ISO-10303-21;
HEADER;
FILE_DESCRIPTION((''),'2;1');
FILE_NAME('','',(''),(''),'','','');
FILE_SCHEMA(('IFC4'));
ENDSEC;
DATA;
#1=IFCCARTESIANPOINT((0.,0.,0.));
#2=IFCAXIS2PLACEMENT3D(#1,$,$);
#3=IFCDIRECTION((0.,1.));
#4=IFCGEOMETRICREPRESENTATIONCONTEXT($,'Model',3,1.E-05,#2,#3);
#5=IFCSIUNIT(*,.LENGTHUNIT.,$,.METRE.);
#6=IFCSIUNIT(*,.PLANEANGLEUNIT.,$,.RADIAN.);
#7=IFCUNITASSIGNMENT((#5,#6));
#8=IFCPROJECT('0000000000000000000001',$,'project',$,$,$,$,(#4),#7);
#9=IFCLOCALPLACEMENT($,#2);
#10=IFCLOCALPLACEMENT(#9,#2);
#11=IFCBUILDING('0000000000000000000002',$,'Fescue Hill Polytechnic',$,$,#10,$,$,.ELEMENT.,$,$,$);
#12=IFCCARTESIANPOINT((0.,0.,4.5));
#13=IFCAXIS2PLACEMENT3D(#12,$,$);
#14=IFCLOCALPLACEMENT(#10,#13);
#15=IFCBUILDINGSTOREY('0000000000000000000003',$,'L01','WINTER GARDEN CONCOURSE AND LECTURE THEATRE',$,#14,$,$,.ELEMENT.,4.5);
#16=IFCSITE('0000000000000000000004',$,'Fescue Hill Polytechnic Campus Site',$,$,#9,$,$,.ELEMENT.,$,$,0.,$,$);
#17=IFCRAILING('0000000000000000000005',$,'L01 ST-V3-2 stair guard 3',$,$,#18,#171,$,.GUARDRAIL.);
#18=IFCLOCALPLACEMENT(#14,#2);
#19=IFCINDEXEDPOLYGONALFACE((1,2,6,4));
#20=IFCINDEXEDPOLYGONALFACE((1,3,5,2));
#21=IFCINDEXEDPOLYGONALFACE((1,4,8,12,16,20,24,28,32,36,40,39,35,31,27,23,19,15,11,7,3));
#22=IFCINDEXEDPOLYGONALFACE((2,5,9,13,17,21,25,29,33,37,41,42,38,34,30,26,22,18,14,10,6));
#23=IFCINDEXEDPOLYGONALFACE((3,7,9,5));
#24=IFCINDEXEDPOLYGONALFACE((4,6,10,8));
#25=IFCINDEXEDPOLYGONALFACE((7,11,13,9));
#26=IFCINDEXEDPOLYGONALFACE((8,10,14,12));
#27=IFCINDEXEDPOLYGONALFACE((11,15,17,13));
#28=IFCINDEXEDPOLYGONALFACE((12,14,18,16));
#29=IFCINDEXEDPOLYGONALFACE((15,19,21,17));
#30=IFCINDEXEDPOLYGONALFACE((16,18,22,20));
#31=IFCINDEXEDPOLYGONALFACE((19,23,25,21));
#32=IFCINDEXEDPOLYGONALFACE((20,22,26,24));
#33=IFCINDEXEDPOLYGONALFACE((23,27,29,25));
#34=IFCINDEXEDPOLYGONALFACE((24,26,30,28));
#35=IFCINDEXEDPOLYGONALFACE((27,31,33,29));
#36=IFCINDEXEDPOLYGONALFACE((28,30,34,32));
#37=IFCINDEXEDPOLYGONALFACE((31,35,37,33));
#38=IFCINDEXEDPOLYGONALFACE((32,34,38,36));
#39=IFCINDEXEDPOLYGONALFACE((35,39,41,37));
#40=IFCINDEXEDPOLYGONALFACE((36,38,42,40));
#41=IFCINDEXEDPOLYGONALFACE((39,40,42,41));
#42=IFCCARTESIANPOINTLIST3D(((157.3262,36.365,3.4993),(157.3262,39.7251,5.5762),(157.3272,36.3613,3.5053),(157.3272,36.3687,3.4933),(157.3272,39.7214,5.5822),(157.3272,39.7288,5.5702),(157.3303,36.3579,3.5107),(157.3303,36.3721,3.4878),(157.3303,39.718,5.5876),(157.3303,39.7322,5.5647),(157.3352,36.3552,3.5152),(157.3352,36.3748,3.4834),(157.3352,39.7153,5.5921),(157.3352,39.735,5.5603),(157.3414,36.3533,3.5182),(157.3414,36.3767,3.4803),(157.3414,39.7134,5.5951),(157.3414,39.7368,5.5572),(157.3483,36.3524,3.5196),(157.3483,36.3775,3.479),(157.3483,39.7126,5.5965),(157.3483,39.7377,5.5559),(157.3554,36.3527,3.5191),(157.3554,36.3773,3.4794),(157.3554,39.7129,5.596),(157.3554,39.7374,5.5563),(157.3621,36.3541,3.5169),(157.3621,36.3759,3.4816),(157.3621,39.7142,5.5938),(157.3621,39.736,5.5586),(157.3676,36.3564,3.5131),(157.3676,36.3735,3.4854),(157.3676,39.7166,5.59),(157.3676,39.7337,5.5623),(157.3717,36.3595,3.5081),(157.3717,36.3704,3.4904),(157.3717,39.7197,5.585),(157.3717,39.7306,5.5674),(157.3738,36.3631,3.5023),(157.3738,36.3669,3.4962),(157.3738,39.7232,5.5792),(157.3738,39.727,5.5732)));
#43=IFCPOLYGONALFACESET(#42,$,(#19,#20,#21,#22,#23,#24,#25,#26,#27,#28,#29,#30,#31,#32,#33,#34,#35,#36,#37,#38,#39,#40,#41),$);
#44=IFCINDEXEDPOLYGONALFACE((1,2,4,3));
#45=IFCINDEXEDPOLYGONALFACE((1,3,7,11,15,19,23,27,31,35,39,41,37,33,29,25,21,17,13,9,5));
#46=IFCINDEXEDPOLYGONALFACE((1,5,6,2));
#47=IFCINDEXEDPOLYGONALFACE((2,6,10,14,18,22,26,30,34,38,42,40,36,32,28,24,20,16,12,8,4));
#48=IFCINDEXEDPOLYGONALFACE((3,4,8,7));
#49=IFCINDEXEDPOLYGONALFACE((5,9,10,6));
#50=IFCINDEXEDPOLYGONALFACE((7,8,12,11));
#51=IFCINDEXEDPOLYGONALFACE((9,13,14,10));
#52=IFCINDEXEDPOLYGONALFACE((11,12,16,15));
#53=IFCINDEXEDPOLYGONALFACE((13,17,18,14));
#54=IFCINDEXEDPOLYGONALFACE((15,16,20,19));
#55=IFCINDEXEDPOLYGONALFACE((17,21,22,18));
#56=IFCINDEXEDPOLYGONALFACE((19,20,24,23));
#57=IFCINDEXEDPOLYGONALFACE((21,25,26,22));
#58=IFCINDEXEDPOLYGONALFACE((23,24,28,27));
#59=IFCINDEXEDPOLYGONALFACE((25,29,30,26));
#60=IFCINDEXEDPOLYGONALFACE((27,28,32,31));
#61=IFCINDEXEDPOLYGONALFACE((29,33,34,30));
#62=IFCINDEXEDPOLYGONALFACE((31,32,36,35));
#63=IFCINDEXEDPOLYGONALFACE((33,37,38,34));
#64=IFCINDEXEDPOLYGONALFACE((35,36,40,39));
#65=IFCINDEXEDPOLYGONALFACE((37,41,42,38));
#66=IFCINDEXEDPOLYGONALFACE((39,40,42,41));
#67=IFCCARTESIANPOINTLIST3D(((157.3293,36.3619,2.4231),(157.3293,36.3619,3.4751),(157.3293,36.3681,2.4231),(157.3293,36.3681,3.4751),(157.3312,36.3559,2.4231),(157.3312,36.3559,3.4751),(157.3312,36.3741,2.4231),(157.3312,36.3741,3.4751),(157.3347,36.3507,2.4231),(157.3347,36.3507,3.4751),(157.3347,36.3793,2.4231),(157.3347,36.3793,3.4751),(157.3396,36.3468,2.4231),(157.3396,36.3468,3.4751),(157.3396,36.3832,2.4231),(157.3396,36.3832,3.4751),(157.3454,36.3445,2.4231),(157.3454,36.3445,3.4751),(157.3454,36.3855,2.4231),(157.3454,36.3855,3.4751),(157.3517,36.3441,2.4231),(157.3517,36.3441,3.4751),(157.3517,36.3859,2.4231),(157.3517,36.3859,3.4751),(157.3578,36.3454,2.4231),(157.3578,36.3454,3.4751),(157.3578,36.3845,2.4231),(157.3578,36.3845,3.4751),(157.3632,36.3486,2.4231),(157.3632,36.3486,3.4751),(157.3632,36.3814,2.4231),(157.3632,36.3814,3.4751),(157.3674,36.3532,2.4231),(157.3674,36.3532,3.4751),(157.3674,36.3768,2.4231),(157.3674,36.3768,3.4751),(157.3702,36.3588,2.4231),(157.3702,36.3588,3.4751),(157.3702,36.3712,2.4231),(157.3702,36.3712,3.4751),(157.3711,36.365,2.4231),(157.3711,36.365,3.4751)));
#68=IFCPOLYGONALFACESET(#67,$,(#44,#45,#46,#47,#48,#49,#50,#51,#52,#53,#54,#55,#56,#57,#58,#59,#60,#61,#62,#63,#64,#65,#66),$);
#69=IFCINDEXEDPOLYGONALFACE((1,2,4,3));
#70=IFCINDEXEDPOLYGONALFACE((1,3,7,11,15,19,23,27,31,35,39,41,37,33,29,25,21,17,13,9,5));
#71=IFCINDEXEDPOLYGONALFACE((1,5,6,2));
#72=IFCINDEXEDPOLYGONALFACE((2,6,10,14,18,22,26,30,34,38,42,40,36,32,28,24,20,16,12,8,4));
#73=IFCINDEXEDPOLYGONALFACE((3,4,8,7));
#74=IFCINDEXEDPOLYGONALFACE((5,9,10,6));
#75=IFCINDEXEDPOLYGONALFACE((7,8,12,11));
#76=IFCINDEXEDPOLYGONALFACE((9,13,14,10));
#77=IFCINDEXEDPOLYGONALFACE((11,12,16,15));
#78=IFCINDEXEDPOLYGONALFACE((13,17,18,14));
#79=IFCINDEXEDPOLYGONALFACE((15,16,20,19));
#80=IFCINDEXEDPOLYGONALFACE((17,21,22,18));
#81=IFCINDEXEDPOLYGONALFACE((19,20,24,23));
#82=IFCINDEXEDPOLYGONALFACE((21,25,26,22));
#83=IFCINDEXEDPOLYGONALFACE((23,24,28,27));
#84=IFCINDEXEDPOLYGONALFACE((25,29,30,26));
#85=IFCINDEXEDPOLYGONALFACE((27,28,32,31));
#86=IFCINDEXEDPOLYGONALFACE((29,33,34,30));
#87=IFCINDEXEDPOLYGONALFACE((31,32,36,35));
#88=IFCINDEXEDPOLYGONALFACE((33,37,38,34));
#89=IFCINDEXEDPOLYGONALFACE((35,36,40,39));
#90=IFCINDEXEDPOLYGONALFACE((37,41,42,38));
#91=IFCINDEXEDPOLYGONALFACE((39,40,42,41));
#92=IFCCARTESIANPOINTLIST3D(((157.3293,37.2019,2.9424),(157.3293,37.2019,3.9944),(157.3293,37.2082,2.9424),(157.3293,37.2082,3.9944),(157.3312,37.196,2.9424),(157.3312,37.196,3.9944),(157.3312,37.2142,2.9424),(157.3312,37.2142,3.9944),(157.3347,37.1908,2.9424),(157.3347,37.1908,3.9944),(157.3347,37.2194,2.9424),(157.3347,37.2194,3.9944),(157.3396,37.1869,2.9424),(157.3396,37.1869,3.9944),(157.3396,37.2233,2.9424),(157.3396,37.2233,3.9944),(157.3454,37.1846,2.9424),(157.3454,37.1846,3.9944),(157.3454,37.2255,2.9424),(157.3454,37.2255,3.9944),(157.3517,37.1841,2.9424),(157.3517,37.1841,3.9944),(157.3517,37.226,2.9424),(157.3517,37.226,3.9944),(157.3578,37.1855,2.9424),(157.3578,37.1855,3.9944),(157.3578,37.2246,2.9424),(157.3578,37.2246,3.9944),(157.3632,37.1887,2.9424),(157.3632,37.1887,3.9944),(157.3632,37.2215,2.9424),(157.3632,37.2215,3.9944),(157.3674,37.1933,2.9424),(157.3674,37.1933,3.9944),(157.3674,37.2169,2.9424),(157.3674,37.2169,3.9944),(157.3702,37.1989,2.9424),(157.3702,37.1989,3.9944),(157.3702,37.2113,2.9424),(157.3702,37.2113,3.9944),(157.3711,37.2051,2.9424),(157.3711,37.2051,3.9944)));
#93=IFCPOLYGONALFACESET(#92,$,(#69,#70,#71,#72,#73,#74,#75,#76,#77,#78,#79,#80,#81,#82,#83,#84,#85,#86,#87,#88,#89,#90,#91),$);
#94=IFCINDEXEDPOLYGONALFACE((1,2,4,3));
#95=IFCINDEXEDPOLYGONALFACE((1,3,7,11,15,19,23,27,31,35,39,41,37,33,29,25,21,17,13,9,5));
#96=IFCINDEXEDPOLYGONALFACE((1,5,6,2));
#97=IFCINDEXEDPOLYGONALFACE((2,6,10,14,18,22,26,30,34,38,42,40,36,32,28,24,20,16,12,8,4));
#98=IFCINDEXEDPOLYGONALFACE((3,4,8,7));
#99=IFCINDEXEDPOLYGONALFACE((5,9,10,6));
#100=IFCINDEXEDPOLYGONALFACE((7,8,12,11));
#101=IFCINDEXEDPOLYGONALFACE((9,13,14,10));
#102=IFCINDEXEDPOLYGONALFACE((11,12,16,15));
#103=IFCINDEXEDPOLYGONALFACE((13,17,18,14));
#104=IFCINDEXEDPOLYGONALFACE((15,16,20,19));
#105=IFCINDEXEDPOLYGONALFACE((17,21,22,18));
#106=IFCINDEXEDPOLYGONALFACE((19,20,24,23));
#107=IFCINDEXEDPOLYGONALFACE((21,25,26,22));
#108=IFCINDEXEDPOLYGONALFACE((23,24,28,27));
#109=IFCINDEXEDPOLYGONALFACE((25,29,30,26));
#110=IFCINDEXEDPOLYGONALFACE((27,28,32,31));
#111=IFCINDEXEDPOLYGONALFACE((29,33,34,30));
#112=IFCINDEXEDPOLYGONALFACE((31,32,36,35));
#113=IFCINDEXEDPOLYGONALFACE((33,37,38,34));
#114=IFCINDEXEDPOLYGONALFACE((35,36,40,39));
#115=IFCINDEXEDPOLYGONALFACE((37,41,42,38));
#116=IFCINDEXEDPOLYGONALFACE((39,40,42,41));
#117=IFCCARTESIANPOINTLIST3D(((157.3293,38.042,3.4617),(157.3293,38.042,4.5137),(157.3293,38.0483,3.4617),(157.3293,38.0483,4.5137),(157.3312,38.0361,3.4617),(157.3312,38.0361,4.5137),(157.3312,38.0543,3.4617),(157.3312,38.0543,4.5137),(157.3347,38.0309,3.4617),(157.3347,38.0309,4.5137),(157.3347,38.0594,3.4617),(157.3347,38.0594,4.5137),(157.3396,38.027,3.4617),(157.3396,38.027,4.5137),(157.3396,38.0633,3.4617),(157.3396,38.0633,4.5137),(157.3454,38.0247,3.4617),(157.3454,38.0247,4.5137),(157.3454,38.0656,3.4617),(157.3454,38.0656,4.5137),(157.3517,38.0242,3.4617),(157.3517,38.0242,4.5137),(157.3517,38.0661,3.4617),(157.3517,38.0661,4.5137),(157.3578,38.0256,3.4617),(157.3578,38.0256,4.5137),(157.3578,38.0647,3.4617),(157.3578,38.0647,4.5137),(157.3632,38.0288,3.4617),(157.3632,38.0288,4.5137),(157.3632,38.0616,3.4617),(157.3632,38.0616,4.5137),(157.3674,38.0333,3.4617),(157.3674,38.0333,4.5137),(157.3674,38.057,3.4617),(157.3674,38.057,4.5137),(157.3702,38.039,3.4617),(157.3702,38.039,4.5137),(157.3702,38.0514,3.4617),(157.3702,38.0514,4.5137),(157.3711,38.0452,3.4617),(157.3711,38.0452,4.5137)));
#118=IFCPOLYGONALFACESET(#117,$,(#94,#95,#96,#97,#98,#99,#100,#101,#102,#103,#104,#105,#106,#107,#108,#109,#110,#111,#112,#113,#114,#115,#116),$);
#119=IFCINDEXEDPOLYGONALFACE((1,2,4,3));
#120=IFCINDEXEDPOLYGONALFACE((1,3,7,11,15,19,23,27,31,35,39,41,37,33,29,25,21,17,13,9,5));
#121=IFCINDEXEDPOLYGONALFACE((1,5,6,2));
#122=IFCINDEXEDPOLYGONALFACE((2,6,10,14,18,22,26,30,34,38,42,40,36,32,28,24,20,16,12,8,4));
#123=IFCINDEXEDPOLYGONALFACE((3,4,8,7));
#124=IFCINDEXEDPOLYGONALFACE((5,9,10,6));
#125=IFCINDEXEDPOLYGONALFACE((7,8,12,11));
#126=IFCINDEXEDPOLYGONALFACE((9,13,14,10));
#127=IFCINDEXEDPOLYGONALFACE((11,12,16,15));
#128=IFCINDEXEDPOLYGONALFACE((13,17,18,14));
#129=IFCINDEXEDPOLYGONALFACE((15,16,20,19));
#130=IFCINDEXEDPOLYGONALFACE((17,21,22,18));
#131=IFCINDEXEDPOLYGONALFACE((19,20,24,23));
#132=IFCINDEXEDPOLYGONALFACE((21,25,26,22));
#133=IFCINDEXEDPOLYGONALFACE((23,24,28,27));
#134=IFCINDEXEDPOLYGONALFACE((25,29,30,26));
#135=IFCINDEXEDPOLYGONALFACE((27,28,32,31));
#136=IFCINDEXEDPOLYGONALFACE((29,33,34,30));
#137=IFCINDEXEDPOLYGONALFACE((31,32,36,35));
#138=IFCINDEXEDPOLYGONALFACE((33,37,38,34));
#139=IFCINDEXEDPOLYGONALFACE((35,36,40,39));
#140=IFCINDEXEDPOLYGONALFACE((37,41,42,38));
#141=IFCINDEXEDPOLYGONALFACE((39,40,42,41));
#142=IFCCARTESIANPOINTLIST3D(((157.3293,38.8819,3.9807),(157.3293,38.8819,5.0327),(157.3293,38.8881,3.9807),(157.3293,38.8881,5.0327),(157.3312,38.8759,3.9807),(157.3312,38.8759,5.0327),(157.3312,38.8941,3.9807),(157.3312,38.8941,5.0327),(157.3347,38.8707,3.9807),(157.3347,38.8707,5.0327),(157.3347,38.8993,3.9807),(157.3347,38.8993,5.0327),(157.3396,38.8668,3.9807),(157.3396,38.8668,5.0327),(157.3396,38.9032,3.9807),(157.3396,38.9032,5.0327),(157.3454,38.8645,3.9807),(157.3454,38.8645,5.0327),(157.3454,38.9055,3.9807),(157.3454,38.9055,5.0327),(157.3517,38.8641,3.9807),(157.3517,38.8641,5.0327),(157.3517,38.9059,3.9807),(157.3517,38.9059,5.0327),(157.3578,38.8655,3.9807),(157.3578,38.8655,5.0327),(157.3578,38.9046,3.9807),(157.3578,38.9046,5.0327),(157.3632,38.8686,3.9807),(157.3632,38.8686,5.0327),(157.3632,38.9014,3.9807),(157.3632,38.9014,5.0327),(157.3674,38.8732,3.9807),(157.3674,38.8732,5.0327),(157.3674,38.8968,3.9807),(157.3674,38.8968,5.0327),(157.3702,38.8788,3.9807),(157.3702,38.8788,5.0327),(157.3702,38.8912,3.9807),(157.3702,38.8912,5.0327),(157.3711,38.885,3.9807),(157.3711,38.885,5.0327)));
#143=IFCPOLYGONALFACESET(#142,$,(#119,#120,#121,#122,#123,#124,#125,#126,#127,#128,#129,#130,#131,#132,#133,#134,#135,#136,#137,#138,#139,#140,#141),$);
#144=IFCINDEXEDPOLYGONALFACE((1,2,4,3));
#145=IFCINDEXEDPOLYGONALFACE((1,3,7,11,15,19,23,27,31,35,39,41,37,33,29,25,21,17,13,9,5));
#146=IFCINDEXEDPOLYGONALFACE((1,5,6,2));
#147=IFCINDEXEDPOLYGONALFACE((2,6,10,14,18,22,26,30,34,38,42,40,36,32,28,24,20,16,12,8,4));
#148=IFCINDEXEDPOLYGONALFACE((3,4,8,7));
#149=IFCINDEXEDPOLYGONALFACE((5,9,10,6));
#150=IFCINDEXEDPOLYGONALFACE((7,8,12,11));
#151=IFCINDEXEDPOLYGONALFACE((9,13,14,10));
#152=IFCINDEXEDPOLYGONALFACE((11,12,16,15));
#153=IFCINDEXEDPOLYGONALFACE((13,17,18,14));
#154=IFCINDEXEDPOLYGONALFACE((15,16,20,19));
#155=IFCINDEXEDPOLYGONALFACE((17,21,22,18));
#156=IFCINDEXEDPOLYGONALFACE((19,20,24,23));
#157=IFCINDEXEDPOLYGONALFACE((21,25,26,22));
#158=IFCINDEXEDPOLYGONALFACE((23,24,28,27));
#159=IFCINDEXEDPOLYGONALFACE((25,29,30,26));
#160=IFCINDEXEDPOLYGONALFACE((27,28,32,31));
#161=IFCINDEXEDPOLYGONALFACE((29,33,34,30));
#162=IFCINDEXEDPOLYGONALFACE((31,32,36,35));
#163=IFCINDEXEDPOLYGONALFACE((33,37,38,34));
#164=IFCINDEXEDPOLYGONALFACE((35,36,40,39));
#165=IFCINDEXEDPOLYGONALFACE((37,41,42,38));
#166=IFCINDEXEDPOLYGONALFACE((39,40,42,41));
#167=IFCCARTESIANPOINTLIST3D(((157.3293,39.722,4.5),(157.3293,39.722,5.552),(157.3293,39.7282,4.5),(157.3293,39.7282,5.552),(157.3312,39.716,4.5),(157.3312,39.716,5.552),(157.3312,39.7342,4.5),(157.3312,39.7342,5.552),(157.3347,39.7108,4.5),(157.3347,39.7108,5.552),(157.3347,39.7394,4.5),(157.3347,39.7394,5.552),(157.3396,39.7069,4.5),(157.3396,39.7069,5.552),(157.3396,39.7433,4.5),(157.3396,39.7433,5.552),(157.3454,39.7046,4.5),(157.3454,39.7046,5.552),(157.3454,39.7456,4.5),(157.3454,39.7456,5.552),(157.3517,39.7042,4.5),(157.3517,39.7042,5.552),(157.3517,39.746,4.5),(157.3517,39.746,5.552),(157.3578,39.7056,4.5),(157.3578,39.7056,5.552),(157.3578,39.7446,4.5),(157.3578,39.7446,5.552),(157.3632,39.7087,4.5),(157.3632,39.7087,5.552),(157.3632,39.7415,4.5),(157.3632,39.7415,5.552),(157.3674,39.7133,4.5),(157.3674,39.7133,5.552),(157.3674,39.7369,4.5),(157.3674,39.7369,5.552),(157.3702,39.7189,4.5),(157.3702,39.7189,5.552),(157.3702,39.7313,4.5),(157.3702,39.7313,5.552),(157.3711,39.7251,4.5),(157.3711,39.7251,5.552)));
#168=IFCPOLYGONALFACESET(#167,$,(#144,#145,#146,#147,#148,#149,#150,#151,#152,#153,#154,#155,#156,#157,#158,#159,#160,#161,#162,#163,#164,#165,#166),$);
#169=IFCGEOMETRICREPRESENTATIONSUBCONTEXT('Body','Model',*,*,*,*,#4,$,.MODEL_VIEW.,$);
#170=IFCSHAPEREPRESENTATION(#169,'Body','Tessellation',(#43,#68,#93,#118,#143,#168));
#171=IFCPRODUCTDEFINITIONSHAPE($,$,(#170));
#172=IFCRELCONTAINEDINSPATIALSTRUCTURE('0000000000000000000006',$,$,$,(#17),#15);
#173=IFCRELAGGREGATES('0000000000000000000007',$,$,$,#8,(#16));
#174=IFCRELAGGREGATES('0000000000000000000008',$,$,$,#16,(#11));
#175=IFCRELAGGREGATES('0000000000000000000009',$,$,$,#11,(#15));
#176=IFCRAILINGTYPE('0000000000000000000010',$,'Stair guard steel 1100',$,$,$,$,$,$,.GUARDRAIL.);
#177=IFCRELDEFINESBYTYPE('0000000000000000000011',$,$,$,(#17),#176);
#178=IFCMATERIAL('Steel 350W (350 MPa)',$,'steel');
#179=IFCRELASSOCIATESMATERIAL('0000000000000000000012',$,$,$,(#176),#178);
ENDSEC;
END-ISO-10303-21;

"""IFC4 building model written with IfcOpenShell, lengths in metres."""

from ifc_helpers import new_model, si_unit, direction, frame, origin, origin_2d, place, context, subcontext, project, spatial, circle, extrude, material, type_object, element, save


model = new_model("IFC4")

# Units and contexts
model_context = context("Model", 3, precision=1e-05, world=origin(), true_north=direction((0.0, 1.0)))
body_context = subcontext(model_context, "Body", "Model", "MODEL_VIEW")
ifc_project = project(units=[si_unit("LENGTHUNIT", "METRE"), si_unit("PLANEANGLEUNIT", "RADIAN")], contexts=[model_context])

# Site, building, storey
site_placement = place(None, origin())
site = spatial("IfcSite", under=ifc_project, at=site_placement, Name="Fescue Hill Polytechnic Campus Site", CompositionType="ELEMENT", RefElevation=0.0)
building_placement = place(site_placement, origin())
building = spatial("IfcBuilding", under=site, at=building_placement, Name="Fescue Hill Polytechnic", CompositionType="ELEMENT")
storey_placement = place(building_placement, frame((0.0, 0.0, 4.5)))
storey = spatial("IfcBuildingStorey", under=building, at=storey_placement, Name="L01", Description="WINTER GARDEN CONCOURSE AND LECTURE THEATRE", CompositionType="ELEMENT", Elevation=4.5)

# Railing
ifc_material_1 = material(Name="Steel 350W (350 MPa)", Category="steel")
railing_type_1 = type_object("IfcRailingType", Name="Stair guard steel 1100", PredefinedType="GUARDRAIL", material=ifc_material_1)
railing_1_placement = place(storey_placement, frame((157.3501, 36.365, 2.4231)))
element("IfcRailing", 1, at=railing_1_placement, inside=storey, type_object=railing_type_1, Name="L01 ST-V3-2 stair guard 3", PredefinedType="GUARDRAIL", context=body_context, shape_type="SweptSolid", body=[
    extrude(circle(Radius=0.0239, at=origin_2d()), frame((0.0, 0.0, 1.0762), z_axis=(0.0, 0.850623, 0.525776), x_axis=(-1.0, 0.0, 0.0)), (0.0, 0.0, 1.0), 3.9502),
    extrude(circle(Radius=0.021, at=origin_2d()), origin(), (0.0, 0.0, 1.0), 1.052),
    extrude(circle(Radius=0.021, at=origin_2d()), frame((0.0, 0.8401, 0.5193)), (0.0, 0.0, 1.0), 1.052),
    extrude(circle(Radius=0.021, at=origin_2d()), frame((0.0, 1.6802, 1.0386)), (0.0, 0.0, 1.0), 1.052),
    extrude(circle(Radius=0.021, at=origin_2d()), frame((0.0, 2.52, 1.5576)), (0.0, 0.0, 1.0), 1.052),
    extrude(circle(Radius=0.021, at=origin_2d()), frame((0.0, 3.3601, 2.0769)), (0.0, 0.0, 1.0), 1.052),
])

save(model, "model.ifc")
